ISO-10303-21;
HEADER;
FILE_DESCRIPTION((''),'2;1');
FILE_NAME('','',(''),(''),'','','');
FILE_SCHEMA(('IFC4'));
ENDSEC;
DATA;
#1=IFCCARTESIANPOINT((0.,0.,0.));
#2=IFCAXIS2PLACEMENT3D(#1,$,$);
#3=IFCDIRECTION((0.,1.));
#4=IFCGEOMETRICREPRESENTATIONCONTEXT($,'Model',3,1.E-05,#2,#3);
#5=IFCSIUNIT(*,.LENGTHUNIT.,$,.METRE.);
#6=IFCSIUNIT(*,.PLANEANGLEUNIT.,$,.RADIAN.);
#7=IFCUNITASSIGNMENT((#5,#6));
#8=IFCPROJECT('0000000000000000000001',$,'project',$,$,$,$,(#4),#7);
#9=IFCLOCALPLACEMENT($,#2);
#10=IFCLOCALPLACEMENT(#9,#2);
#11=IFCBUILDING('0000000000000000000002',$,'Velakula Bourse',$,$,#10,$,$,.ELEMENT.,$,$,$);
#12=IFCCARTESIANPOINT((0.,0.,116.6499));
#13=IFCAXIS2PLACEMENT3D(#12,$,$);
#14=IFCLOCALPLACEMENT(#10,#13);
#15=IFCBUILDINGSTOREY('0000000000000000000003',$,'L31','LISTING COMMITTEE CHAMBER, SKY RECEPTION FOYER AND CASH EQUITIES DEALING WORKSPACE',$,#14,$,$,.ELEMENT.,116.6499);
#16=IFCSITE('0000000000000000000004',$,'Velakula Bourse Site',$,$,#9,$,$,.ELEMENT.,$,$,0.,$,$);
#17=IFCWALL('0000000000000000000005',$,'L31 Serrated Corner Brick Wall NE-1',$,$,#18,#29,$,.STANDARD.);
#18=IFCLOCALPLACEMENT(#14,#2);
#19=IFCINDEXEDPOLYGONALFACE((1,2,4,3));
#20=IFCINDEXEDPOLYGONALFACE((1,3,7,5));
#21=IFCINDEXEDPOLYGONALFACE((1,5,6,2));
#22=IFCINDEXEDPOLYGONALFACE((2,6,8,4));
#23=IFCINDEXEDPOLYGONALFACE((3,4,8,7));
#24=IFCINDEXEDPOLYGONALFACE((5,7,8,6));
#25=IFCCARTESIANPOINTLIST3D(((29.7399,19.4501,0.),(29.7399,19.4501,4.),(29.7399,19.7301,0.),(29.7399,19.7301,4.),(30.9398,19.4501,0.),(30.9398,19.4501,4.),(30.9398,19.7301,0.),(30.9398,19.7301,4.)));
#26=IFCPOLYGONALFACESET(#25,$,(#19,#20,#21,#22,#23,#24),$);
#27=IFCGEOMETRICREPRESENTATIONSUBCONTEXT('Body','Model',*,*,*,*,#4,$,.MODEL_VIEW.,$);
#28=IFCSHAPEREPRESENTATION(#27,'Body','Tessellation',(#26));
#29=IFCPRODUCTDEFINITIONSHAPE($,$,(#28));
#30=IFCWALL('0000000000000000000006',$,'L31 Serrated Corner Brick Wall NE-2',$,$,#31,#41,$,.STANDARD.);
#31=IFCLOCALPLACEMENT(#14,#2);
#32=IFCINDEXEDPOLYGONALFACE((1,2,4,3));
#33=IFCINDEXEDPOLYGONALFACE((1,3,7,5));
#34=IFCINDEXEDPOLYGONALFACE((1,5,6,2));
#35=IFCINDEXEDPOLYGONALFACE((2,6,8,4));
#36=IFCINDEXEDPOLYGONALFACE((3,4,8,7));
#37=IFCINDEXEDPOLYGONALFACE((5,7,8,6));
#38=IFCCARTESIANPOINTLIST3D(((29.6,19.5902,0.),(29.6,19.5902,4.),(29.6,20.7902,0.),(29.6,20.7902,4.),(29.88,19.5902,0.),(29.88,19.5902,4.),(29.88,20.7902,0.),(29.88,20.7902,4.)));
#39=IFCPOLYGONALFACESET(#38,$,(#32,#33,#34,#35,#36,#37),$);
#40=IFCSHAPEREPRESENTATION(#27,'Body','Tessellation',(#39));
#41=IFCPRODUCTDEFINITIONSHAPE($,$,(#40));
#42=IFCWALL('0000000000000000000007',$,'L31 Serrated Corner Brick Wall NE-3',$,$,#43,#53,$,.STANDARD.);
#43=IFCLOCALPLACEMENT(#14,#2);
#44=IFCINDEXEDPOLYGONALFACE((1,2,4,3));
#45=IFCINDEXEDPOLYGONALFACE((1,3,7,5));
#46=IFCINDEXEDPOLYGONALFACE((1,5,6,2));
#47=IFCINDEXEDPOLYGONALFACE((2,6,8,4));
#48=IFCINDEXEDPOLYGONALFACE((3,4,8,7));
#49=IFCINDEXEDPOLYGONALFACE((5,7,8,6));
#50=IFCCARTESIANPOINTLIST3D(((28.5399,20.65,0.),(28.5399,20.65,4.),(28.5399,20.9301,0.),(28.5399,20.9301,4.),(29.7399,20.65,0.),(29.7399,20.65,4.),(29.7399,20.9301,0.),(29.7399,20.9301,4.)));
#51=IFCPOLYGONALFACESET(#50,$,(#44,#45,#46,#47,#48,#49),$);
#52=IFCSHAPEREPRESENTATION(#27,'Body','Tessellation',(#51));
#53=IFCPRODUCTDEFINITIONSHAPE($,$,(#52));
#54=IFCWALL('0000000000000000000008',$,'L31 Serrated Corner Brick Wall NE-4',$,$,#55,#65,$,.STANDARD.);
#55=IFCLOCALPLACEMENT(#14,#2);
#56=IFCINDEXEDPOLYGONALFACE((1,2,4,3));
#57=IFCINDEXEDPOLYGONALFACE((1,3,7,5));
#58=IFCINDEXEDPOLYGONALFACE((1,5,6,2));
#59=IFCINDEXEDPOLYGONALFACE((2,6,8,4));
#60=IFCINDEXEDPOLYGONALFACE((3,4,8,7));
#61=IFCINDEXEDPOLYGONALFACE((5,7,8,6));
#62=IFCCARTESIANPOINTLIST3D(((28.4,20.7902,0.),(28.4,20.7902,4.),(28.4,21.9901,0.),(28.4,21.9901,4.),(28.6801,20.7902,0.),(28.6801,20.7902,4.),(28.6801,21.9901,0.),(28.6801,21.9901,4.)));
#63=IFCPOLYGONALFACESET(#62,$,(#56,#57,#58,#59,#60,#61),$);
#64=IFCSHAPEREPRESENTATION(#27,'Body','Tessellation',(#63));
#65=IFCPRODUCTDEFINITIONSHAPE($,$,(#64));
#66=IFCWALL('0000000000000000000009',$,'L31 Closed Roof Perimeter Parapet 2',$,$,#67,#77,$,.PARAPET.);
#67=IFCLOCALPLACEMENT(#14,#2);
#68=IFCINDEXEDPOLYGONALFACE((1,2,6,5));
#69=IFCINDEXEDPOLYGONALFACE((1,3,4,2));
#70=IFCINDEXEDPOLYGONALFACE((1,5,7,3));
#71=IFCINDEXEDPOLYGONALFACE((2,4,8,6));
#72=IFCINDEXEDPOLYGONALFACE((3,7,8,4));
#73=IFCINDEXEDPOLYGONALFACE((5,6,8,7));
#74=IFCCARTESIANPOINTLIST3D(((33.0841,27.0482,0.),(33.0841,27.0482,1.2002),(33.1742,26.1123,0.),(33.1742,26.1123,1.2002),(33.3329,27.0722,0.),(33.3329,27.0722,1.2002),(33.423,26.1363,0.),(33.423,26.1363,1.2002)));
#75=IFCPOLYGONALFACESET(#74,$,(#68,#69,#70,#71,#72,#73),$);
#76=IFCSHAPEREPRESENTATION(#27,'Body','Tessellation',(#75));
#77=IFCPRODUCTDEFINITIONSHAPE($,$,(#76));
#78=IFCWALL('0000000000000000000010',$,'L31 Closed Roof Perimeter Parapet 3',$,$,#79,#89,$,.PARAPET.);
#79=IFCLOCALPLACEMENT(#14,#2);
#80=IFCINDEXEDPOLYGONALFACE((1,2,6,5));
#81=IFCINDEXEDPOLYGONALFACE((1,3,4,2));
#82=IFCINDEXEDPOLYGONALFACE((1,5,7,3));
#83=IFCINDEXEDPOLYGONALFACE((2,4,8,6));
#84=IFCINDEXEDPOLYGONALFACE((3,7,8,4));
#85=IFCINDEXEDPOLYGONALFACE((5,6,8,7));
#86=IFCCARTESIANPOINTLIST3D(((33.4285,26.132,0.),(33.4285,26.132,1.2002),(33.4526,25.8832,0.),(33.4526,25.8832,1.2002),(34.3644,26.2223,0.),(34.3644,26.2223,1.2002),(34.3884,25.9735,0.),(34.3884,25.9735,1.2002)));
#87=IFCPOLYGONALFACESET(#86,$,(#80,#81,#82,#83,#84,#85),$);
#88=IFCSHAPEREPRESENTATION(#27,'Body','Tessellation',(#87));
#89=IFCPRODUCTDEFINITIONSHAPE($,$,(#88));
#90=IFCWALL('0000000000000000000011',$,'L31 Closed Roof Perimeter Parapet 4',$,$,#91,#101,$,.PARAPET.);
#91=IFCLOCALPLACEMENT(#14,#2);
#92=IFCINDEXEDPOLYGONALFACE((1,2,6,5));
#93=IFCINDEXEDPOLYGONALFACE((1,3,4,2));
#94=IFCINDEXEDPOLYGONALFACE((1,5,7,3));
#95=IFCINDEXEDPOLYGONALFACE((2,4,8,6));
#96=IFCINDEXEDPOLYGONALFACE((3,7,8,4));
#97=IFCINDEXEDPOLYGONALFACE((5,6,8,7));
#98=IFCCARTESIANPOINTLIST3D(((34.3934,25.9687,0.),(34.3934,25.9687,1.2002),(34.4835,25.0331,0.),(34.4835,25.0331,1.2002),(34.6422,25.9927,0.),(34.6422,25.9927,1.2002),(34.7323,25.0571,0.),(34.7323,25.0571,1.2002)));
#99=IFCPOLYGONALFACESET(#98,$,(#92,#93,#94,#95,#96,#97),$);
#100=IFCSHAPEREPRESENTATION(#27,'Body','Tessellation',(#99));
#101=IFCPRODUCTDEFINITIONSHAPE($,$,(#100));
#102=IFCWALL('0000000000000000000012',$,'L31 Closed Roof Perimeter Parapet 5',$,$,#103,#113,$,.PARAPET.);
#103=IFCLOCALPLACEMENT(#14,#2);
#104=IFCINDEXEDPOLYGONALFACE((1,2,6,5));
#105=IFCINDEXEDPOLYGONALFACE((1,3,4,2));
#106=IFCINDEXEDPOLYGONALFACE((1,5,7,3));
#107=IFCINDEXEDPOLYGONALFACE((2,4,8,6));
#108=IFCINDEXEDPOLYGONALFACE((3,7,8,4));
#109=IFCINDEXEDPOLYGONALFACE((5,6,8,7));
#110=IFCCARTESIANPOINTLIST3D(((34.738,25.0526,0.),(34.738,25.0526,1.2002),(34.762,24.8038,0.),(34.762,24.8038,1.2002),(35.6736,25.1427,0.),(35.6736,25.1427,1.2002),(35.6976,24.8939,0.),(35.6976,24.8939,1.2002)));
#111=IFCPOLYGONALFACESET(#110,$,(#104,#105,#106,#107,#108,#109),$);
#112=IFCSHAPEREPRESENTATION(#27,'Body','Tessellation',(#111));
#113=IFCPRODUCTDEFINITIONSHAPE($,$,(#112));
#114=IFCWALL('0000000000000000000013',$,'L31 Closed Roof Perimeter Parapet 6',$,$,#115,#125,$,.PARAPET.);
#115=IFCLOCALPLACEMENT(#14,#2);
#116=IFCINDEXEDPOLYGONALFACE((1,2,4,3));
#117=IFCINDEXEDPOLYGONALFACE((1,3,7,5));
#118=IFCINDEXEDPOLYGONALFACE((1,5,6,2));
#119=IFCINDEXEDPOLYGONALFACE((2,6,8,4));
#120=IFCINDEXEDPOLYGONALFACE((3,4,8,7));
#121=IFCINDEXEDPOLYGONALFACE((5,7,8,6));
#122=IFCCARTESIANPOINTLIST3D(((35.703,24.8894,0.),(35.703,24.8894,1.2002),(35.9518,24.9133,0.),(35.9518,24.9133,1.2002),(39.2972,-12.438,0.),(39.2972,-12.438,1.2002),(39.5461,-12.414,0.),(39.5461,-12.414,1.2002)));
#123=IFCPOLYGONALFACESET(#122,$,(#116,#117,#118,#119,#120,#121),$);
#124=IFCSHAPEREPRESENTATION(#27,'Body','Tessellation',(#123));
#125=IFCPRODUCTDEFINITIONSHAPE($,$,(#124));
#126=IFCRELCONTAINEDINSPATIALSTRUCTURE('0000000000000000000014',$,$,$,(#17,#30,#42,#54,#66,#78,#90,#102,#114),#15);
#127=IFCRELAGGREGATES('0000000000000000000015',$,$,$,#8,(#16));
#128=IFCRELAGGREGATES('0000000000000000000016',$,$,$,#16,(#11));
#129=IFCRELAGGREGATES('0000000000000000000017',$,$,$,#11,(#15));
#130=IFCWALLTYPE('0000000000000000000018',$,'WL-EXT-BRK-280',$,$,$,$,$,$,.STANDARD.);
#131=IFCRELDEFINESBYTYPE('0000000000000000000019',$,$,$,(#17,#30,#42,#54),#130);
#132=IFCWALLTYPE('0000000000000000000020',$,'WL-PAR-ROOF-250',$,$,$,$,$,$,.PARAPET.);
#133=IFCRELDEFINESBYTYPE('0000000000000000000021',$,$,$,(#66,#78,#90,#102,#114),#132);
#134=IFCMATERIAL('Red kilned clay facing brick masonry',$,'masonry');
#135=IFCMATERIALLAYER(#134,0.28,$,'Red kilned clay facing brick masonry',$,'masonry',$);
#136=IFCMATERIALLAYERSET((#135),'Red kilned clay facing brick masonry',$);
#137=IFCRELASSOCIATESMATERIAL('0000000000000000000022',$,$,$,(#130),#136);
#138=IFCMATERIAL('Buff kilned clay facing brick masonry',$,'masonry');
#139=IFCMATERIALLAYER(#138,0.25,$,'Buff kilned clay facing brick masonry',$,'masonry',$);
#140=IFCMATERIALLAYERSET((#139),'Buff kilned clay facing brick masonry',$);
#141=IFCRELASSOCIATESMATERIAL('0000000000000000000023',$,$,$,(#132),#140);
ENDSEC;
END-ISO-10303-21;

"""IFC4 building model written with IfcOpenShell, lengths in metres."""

from ifc_helpers import new_model, si_unit, direction, frame, frame_2d, origin, place, context, subcontext, project, spatial, rectangle, extrude, material, layer, layer_set, type_object, element, save


model = new_model("IFC4")

# Units and contexts
model_context = context("Model", 3, precision=1e-05, world=origin(), true_north=direction((0.0, 1.0)))
body_context = subcontext(model_context, "Body", "Model", "MODEL_VIEW")
ifc_project = project(units=[si_unit("LENGTHUNIT", "METRE"), si_unit("PLANEANGLEUNIT", "RADIAN")], contexts=[model_context])

# Site, building, storey
site_placement = place(None, origin())
site = spatial("IfcSite", under=ifc_project, at=site_placement, Name="Velakula Bourse Site", CompositionType="ELEMENT", RefElevation=0.0)
building_placement = place(site_placement, origin())
building = spatial("IfcBuilding", under=site, at=building_placement, Name="Velakula Bourse", CompositionType="ELEMENT")
storey_placement = place(building_placement, frame((0.0, 0.0, 116.6499)))
storey = spatial("IfcBuildingStorey", under=building, at=storey_placement, Name="L31", Description="LISTING COMMITTEE CHAMBER, SKY RECEPTION FOYER AND CASH EQUITIES DEALING WORKSPACE", CompositionType="ELEMENT", Elevation=116.6499)

# Shared definitions
ifc_material_1 = material(Name="Red kilned clay facing brick masonry", Category="masonry")
ifc_layer_1 = layer(ifc_material_1, 0.28, Name="Red kilned clay facing brick masonry", Category="masonry")
ifc_layer_set_1 = layer_set([ifc_layer_1], Name="Red kilned clay facing brick masonry")
wall_type_1 = type_object("IfcWallType", Name="WL-EXT-BRK-280", PredefinedType="STANDARD", material=ifc_layer_set_1)

# Walls
for number, where, z_axis, x_axis, name in (
    (1, (30.9399, 19.5901, 0.0), (0.0, 0.0, 1.0), (-1.0, 0.0, 0.0), "L31 Serrated Corner Brick Wall NE-1"),
    (2, (29.74, 19.5901, 0.0), (0.0, 0.0, 1.0), (0.0, 1.0, 0.0), "L31 Serrated Corner Brick Wall NE-2"),
    (3, (29.74, 20.79, 0.0), (0.0, 0.0, 1.0), (-1.0, 0.0, 0.0), "L31 Serrated Corner Brick Wall NE-3"),
    (4, (28.54, 20.79, 0.0), (0.0, 0.0, 1.0), (0.0, 1.0, 0.0), "L31 Serrated Corner Brick Wall NE-4"),
):
    element("IfcWall", number, at=place(storey_placement, frame(where, z_axis=z_axis, x_axis=x_axis)), inside=storey, type_object=wall_type_1, Name=name, PredefinedType="STANDARD", context=body_context, shape_type="SweptSolid", body=[
        extrude(rectangle(XDim=1.2, YDim=0.28, at=frame_2d((0.6001, 0.0))), origin(), (0.0, 0.0, 1.0), 4.0),
    ])
ifc_material_2 = material(Name="Buff kilned clay facing brick masonry", Category="masonry")
ifc_layer_2 = layer(ifc_material_2, 0.25, Name="Buff kilned clay facing brick masonry", Category="masonry")
ifc_layer_set_2 = layer_set([ifc_layer_2], Name="Buff kilned clay facing brick masonry")
wall_type_2 = type_object("IfcWallType", Name="WL-PAR-ROOF-250", PredefinedType="PARAPET", material=ifc_layer_set_2)
for number, where, z_axis, x_axis, name in (
    (5, (33.2085, 27.0603, 0.0), (0.0, 0.0, 1.0), (0.095826, -0.995398, 0.0), "L31 Closed Roof Perimeter Parapet 2"),
    (6, (33.4404, 26.0076, 0.0), (0.0, 0.0, 1.0), (0.995373, 0.096084, 0.0), "L31 Closed Roof Perimeter Parapet 3"),
):
    element("IfcWall", number, at=place(storey_placement, frame(where, z_axis=z_axis, x_axis=x_axis)), inside=storey, type_object=wall_type_2, Name=name, PredefinedType="PARAPET", context=body_context, shape_type="SweptSolid", body=[
        extrude(rectangle(XDim=0.9402, YDim=0.25, at=frame_2d((0.4702, 0.0))), origin(), (0.0, 0.0, 1.0), 1.2002),
    ])
for number, where, z_axis, x_axis, name in (
    (7, (34.5178, 25.9807, 0.0), (0.0, 0.0, 1.0), (0.095851, -0.995396, 0.0), "L31 Closed Roof Perimeter Parapet 4"),
    (8, (34.75, 24.9282, 0.0), (0.0, 0.0, 1.0), (0.995396, 0.095851, 0.0), "L31 Closed Roof Perimeter Parapet 5"),
):
    element("IfcWall", number, at=place(storey_placement, frame(where, z_axis=z_axis, x_axis=x_axis)), inside=storey, type_object=wall_type_2, Name=name, PredefinedType="PARAPET", context=body_context, shape_type="SweptSolid", body=[
        extrude(rectangle(XDim=0.9399, YDim=0.25, at=frame_2d((0.47, 0.0))), origin(), (0.0, 0.0, 1.0), 1.2002),
    ])
wall_1_placement = place(storey_placement, frame((35.8274, 24.9014, 0.0), z_axis=(0.0, 0.0, 1.0), x_axis=(0.095846, -0.995396, 0.0)))
element("IfcWall", 9, at=wall_1_placement, inside=storey, type_object=wall_type_2, Name="L31 Closed Roof Perimeter Parapet 6", PredefinedType="PARAPET", context=body_context, shape_type="SweptSolid", body=[
    extrude(rectangle(XDim=37.5, YDim=0.25, at=frame_2d((18.75, 0.0))), origin(), (0.0, 0.0, 1.0), 1.2002),
])

save(model, "model.ifc")
